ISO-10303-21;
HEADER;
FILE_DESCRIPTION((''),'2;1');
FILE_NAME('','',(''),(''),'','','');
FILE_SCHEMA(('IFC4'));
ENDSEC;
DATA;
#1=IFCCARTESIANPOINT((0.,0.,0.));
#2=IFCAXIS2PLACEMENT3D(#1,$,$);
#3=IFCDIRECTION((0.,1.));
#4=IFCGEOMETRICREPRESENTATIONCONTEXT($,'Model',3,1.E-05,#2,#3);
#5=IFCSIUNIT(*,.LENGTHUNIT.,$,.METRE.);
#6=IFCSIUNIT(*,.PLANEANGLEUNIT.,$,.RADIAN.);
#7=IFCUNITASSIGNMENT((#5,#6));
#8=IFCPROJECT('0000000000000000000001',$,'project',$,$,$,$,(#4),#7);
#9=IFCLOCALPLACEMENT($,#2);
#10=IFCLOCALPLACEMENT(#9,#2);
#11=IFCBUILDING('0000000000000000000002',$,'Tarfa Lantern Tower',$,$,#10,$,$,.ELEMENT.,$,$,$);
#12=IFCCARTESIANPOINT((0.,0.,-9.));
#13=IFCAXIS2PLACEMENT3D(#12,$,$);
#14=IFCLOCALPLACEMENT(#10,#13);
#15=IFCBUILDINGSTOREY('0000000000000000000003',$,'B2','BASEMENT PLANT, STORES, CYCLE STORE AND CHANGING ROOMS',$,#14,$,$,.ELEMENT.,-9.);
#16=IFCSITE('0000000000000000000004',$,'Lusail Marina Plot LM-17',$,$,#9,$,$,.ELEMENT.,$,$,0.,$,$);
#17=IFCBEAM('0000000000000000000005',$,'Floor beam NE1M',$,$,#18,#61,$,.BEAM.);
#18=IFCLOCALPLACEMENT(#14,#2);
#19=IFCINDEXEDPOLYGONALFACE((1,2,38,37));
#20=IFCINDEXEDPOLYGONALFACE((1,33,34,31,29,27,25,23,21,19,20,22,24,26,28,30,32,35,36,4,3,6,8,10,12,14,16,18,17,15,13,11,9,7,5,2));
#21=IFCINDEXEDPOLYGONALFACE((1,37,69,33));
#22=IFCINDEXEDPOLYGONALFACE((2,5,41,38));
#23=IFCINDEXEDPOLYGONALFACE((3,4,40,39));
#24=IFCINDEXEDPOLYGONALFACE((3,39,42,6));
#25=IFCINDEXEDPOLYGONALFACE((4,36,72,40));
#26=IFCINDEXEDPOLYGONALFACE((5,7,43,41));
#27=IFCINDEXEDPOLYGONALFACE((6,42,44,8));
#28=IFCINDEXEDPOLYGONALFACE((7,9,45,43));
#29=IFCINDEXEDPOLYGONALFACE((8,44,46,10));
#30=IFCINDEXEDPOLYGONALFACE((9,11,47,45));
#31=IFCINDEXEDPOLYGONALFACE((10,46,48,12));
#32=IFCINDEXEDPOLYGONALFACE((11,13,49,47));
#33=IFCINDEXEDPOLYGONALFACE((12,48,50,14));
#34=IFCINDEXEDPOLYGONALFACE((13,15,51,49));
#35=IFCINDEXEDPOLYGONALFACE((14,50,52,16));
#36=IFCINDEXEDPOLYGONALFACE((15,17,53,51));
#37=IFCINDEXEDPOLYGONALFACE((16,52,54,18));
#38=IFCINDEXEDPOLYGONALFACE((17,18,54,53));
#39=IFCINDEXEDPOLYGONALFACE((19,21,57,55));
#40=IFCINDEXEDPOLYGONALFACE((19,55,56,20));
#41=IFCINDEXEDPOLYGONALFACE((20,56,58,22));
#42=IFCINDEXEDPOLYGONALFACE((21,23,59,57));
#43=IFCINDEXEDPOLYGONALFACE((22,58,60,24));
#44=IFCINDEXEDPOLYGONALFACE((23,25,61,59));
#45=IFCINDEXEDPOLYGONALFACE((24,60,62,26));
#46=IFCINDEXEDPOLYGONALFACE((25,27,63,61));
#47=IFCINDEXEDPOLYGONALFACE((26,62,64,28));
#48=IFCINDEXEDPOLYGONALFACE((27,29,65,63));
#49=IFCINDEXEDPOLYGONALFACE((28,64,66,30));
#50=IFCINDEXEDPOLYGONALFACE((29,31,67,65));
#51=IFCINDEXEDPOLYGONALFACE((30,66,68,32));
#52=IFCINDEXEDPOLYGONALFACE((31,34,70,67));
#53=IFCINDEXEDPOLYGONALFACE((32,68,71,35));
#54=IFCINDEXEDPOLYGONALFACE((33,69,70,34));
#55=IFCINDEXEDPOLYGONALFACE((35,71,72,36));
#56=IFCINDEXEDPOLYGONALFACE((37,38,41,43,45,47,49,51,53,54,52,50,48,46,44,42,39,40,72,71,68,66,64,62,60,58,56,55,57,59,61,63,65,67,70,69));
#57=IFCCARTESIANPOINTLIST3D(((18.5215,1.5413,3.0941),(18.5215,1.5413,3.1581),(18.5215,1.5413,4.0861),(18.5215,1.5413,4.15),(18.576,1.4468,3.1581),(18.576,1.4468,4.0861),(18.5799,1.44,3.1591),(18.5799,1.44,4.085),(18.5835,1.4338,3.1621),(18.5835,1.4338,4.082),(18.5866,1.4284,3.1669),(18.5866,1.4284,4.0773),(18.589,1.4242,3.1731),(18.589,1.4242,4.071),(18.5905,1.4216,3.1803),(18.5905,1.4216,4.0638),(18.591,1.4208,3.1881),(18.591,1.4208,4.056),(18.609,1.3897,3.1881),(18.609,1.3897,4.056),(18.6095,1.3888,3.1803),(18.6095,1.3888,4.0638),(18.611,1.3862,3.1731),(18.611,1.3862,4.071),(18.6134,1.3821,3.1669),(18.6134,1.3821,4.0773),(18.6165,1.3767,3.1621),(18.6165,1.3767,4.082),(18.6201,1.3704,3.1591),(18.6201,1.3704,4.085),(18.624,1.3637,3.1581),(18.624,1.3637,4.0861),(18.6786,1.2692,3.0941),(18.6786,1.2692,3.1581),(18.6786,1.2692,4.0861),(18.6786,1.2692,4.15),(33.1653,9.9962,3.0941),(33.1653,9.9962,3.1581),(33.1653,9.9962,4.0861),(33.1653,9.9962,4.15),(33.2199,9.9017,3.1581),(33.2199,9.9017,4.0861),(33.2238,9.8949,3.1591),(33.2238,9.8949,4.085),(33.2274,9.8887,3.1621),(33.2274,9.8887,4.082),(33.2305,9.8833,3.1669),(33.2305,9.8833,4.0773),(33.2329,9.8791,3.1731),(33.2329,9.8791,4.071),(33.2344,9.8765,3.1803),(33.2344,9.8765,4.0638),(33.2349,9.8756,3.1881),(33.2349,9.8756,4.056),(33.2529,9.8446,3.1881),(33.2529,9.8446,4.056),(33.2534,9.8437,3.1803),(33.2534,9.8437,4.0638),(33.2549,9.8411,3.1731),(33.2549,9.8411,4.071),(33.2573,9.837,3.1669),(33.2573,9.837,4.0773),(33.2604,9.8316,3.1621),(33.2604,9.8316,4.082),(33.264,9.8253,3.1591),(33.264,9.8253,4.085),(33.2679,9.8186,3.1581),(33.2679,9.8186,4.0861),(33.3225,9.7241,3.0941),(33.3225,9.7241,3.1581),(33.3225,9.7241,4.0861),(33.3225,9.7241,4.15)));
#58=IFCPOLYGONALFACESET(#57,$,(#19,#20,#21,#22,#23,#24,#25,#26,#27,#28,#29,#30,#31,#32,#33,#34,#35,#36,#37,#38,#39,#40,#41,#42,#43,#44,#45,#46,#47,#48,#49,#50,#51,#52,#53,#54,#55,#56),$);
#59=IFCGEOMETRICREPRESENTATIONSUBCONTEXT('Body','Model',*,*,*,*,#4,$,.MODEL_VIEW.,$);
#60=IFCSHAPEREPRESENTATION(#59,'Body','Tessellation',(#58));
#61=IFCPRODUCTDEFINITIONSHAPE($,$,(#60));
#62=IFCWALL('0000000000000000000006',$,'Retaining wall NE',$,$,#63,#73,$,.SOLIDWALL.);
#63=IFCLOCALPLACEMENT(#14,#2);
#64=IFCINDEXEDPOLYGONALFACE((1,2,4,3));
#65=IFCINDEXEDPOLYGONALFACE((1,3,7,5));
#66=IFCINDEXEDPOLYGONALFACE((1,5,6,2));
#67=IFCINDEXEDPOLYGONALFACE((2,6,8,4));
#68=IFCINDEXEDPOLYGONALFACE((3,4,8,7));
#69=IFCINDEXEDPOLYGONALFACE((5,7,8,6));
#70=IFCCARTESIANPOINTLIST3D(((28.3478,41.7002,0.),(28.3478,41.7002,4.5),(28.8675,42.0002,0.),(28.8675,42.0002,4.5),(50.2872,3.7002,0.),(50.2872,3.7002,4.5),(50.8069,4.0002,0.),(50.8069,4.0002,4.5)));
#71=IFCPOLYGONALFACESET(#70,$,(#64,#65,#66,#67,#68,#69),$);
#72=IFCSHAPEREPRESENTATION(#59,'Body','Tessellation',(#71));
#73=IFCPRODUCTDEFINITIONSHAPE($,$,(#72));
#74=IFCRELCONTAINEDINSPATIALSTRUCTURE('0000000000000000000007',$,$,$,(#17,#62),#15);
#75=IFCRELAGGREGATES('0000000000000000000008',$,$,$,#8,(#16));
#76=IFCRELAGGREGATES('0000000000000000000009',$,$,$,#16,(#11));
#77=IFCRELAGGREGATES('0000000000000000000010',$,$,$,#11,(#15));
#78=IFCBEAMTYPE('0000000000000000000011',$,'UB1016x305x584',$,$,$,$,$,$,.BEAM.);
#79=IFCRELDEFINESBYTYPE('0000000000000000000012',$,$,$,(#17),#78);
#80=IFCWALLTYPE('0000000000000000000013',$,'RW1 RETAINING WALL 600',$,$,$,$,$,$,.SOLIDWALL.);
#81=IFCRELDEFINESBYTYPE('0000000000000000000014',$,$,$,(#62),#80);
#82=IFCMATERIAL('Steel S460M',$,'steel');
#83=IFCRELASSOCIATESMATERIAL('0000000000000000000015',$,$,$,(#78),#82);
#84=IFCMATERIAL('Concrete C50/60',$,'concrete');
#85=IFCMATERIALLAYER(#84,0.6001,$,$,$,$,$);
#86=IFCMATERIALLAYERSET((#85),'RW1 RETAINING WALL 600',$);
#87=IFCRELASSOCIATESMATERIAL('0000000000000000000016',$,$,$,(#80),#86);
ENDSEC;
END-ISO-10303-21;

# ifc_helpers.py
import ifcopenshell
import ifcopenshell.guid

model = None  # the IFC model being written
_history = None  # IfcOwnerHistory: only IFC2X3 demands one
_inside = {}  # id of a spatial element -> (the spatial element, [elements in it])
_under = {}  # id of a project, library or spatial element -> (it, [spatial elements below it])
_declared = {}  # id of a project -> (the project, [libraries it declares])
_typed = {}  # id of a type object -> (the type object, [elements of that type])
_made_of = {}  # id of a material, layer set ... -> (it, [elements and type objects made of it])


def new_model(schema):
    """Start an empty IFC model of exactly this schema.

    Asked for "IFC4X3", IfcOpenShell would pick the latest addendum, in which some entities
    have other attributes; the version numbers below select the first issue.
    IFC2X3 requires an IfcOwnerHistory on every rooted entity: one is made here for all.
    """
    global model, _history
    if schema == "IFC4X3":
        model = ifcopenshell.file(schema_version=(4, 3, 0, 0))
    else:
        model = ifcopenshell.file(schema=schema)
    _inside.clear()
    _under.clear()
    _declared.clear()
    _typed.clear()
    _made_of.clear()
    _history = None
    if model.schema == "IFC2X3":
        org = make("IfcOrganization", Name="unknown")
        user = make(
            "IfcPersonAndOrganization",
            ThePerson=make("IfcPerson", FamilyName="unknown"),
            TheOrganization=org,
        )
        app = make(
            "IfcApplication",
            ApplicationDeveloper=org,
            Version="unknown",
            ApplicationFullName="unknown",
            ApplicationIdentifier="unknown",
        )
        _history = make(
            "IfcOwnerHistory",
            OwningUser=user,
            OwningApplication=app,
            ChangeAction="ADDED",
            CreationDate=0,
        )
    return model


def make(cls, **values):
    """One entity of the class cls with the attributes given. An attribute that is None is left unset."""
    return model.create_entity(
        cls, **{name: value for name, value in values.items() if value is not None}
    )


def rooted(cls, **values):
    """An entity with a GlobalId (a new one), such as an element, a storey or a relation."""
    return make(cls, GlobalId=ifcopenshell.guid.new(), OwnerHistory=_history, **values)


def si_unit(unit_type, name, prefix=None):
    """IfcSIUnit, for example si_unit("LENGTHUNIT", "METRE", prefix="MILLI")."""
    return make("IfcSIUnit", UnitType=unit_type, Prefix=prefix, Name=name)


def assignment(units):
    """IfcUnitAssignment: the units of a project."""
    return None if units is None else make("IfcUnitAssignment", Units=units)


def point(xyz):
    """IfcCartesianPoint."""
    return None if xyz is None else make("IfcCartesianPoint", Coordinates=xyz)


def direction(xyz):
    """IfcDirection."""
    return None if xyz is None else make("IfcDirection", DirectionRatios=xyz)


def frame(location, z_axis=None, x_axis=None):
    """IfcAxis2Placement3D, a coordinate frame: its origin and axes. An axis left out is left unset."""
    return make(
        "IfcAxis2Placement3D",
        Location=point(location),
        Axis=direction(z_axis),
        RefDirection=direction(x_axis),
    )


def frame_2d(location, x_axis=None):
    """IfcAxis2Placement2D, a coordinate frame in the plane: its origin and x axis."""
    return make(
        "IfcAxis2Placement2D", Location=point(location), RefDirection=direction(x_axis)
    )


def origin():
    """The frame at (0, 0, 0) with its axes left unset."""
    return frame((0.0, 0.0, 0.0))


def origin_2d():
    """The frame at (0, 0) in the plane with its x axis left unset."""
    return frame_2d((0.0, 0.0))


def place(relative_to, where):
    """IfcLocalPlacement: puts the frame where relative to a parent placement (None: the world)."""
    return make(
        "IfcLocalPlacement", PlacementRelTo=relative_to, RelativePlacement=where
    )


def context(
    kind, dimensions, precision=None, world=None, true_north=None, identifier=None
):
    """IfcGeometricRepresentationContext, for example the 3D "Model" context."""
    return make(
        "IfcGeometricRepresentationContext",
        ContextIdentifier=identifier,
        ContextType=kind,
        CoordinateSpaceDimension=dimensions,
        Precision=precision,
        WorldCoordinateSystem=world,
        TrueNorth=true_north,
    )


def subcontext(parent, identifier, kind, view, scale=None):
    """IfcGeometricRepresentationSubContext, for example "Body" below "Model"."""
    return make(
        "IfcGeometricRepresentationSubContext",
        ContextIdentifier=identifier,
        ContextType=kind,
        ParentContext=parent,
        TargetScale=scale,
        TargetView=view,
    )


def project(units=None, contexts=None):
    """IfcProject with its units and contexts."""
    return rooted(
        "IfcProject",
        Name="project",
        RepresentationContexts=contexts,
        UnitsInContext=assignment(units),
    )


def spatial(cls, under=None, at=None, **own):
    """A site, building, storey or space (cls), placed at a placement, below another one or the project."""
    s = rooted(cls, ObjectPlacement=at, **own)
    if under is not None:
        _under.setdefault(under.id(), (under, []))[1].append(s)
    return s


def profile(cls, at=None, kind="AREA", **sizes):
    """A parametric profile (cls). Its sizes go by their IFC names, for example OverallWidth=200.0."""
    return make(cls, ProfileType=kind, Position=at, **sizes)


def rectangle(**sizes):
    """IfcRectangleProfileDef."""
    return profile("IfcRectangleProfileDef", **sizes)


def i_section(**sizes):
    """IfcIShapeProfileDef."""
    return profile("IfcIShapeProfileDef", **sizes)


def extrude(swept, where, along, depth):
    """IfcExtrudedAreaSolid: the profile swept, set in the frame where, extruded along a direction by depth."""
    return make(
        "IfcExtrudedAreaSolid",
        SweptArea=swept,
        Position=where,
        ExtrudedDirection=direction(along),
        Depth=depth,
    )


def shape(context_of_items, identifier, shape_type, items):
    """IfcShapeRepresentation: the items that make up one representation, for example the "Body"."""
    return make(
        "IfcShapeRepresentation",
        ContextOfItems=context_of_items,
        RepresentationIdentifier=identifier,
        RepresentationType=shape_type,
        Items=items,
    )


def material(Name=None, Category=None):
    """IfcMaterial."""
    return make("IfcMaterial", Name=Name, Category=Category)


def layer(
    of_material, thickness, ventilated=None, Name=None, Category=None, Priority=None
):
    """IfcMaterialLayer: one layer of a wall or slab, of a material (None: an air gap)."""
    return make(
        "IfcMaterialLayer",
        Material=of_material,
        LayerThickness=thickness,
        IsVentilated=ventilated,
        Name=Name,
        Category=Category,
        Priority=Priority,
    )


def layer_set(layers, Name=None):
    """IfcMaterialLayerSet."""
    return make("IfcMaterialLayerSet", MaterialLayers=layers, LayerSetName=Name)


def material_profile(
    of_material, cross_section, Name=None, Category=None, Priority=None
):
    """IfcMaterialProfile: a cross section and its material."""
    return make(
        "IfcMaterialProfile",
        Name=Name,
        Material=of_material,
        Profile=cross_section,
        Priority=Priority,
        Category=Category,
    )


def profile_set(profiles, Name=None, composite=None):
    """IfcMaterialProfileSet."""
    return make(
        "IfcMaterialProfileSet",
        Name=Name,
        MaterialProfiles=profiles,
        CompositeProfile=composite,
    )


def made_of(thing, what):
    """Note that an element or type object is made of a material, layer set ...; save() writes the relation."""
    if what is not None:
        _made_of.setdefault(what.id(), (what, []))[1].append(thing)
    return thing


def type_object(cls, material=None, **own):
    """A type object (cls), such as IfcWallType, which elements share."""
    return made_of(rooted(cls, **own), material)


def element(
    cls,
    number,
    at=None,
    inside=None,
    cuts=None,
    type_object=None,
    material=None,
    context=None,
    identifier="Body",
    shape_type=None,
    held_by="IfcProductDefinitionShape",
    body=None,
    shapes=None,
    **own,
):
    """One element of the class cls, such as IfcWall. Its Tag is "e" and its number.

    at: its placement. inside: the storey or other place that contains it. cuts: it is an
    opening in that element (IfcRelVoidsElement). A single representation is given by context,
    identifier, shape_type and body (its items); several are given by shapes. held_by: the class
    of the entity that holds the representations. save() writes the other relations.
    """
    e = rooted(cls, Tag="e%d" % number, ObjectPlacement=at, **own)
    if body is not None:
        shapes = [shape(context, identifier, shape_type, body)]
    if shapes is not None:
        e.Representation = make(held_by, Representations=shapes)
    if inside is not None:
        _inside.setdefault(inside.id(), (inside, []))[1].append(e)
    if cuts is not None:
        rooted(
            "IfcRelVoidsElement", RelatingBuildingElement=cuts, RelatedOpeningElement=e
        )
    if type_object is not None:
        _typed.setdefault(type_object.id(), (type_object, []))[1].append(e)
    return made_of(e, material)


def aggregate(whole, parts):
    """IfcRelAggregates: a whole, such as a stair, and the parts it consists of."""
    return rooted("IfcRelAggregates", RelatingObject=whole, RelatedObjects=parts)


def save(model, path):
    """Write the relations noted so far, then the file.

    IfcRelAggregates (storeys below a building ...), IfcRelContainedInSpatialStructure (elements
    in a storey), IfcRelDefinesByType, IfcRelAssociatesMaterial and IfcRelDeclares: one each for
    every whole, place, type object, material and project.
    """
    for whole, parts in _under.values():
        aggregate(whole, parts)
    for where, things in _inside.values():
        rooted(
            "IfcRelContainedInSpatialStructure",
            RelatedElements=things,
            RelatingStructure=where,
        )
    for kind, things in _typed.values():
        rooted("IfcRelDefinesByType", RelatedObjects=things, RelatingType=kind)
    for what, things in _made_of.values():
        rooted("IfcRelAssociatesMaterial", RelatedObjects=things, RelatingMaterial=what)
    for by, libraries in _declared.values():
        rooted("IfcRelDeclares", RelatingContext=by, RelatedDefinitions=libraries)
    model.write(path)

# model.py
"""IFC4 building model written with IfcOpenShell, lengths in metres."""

from ifc_helpers import new_model, si_unit, direction, frame, frame_2d, origin, origin_2d, place, context, subcontext, project, spatial, rectangle, i_section, extrude, material, layer, layer_set, material_profile, profile_set, type_object, element, save


model = new_model("IFC4")

# Units and contexts
model_context = context("Model", 3, precision=1e-05, world=origin(), true_north=direction((0.0, 1.0)))
body_context = subcontext(model_context, "Body", "Model", "MODEL_VIEW")
ifc_project = project(units=[si_unit("LENGTHUNIT", "METRE"), si_unit("PLANEANGLEUNIT", "RADIAN")], contexts=[model_context])

# Site, building, storey
site_placement = place(None, origin())
site = spatial("IfcSite", under=ifc_project, at=site_placement, Name="Lusail Marina Plot LM-17", CompositionType="ELEMENT", RefElevation=0.0)
building_placement = place(site_placement, origin())
building = spatial("IfcBuilding", under=site, at=building_placement, Name="Tarfa Lantern Tower", CompositionType="ELEMENT")
storey_placement = place(building_placement, frame((0.0, 0.0, -9.0)))
storey = spatial("IfcBuildingStorey", under=building, at=storey_placement, Name="B2", Description="BASEMENT PLANT, STORES, CYCLE STORE AND CHANGING ROOMS", CompositionType="ELEMENT", Elevation=-9.0)

# Beam
ifc_material_1 = material(Name="Steel S460M", Category="steel")
ifc_material_profile_1 = material_profile(ifc_material_1, i_section(OverallWidth=0.3142, OverallDepth=1.0559, WebThickness=0.0359, FlangeThickness=0.064, FilletRadius=0.03, at=origin_2d()), Name="UB1016x305x584")
ifc_profile_set_1 = profile_set([ifc_material_profile_1], Name="Steel S460M")
beam_type_1 = type_object("IfcBeamType", Name="UB1016x305x584", PredefinedType="BEAM", material=ifc_profile_set_1)
beam_1_placement = place(storey_placement, frame((33.2439, 9.8601, 3.6221), z_axis=(-0.866019, -0.50001, 0.0), x_axis=(0.50001, -0.866019, 0.0)))
element("IfcBeam", 1, at=beam_1_placement, inside=storey, type_object=beam_type_1, Name="Floor beam NE1M", PredefinedType="BEAM", context=body_context, shape_type="SweptSolid", body=[
    extrude(i_section(OverallWidth=0.3142, OverallDepth=1.0559, WebThickness=0.0359, FlangeThickness=0.064, FilletRadius=0.03, at=origin_2d()), origin(), (0.0, 0.0, 1.0), 16.9094),
])

# Wall
ifc_material_2 = material(Name="Concrete C50/60", Category="concrete")
ifc_layer = layer(ifc_material_2, 0.6001)
ifc_layer_set = layer_set([ifc_layer], Name="RW1 RETAINING WALL 600")
wall_type = type_object("IfcWallType", Name="RW1 RETAINING WALL 600", PredefinedType="SOLIDWALL", material=ifc_layer_set)
wall_placement = place(storey_placement, frame((50.5471, 3.8501, 0.0), z_axis=(0.0, 0.0, 1.0), x_axis=(-0.500002, 0.866024, 0.0)))
element("IfcWall", 2, at=wall_placement, inside=storey, type_object=wall_type, Name="Retaining wall NE", PredefinedType="SOLIDWALL", context=body_context, shape_type="SweptSolid", body=[
    extrude(rectangle(XDim=43.8787, YDim=0.6001, at=frame_2d((21.9395, 0.0))), origin(), (0.0, 0.0, 1.0), 4.5),
])

save(model, "model.ifc")
